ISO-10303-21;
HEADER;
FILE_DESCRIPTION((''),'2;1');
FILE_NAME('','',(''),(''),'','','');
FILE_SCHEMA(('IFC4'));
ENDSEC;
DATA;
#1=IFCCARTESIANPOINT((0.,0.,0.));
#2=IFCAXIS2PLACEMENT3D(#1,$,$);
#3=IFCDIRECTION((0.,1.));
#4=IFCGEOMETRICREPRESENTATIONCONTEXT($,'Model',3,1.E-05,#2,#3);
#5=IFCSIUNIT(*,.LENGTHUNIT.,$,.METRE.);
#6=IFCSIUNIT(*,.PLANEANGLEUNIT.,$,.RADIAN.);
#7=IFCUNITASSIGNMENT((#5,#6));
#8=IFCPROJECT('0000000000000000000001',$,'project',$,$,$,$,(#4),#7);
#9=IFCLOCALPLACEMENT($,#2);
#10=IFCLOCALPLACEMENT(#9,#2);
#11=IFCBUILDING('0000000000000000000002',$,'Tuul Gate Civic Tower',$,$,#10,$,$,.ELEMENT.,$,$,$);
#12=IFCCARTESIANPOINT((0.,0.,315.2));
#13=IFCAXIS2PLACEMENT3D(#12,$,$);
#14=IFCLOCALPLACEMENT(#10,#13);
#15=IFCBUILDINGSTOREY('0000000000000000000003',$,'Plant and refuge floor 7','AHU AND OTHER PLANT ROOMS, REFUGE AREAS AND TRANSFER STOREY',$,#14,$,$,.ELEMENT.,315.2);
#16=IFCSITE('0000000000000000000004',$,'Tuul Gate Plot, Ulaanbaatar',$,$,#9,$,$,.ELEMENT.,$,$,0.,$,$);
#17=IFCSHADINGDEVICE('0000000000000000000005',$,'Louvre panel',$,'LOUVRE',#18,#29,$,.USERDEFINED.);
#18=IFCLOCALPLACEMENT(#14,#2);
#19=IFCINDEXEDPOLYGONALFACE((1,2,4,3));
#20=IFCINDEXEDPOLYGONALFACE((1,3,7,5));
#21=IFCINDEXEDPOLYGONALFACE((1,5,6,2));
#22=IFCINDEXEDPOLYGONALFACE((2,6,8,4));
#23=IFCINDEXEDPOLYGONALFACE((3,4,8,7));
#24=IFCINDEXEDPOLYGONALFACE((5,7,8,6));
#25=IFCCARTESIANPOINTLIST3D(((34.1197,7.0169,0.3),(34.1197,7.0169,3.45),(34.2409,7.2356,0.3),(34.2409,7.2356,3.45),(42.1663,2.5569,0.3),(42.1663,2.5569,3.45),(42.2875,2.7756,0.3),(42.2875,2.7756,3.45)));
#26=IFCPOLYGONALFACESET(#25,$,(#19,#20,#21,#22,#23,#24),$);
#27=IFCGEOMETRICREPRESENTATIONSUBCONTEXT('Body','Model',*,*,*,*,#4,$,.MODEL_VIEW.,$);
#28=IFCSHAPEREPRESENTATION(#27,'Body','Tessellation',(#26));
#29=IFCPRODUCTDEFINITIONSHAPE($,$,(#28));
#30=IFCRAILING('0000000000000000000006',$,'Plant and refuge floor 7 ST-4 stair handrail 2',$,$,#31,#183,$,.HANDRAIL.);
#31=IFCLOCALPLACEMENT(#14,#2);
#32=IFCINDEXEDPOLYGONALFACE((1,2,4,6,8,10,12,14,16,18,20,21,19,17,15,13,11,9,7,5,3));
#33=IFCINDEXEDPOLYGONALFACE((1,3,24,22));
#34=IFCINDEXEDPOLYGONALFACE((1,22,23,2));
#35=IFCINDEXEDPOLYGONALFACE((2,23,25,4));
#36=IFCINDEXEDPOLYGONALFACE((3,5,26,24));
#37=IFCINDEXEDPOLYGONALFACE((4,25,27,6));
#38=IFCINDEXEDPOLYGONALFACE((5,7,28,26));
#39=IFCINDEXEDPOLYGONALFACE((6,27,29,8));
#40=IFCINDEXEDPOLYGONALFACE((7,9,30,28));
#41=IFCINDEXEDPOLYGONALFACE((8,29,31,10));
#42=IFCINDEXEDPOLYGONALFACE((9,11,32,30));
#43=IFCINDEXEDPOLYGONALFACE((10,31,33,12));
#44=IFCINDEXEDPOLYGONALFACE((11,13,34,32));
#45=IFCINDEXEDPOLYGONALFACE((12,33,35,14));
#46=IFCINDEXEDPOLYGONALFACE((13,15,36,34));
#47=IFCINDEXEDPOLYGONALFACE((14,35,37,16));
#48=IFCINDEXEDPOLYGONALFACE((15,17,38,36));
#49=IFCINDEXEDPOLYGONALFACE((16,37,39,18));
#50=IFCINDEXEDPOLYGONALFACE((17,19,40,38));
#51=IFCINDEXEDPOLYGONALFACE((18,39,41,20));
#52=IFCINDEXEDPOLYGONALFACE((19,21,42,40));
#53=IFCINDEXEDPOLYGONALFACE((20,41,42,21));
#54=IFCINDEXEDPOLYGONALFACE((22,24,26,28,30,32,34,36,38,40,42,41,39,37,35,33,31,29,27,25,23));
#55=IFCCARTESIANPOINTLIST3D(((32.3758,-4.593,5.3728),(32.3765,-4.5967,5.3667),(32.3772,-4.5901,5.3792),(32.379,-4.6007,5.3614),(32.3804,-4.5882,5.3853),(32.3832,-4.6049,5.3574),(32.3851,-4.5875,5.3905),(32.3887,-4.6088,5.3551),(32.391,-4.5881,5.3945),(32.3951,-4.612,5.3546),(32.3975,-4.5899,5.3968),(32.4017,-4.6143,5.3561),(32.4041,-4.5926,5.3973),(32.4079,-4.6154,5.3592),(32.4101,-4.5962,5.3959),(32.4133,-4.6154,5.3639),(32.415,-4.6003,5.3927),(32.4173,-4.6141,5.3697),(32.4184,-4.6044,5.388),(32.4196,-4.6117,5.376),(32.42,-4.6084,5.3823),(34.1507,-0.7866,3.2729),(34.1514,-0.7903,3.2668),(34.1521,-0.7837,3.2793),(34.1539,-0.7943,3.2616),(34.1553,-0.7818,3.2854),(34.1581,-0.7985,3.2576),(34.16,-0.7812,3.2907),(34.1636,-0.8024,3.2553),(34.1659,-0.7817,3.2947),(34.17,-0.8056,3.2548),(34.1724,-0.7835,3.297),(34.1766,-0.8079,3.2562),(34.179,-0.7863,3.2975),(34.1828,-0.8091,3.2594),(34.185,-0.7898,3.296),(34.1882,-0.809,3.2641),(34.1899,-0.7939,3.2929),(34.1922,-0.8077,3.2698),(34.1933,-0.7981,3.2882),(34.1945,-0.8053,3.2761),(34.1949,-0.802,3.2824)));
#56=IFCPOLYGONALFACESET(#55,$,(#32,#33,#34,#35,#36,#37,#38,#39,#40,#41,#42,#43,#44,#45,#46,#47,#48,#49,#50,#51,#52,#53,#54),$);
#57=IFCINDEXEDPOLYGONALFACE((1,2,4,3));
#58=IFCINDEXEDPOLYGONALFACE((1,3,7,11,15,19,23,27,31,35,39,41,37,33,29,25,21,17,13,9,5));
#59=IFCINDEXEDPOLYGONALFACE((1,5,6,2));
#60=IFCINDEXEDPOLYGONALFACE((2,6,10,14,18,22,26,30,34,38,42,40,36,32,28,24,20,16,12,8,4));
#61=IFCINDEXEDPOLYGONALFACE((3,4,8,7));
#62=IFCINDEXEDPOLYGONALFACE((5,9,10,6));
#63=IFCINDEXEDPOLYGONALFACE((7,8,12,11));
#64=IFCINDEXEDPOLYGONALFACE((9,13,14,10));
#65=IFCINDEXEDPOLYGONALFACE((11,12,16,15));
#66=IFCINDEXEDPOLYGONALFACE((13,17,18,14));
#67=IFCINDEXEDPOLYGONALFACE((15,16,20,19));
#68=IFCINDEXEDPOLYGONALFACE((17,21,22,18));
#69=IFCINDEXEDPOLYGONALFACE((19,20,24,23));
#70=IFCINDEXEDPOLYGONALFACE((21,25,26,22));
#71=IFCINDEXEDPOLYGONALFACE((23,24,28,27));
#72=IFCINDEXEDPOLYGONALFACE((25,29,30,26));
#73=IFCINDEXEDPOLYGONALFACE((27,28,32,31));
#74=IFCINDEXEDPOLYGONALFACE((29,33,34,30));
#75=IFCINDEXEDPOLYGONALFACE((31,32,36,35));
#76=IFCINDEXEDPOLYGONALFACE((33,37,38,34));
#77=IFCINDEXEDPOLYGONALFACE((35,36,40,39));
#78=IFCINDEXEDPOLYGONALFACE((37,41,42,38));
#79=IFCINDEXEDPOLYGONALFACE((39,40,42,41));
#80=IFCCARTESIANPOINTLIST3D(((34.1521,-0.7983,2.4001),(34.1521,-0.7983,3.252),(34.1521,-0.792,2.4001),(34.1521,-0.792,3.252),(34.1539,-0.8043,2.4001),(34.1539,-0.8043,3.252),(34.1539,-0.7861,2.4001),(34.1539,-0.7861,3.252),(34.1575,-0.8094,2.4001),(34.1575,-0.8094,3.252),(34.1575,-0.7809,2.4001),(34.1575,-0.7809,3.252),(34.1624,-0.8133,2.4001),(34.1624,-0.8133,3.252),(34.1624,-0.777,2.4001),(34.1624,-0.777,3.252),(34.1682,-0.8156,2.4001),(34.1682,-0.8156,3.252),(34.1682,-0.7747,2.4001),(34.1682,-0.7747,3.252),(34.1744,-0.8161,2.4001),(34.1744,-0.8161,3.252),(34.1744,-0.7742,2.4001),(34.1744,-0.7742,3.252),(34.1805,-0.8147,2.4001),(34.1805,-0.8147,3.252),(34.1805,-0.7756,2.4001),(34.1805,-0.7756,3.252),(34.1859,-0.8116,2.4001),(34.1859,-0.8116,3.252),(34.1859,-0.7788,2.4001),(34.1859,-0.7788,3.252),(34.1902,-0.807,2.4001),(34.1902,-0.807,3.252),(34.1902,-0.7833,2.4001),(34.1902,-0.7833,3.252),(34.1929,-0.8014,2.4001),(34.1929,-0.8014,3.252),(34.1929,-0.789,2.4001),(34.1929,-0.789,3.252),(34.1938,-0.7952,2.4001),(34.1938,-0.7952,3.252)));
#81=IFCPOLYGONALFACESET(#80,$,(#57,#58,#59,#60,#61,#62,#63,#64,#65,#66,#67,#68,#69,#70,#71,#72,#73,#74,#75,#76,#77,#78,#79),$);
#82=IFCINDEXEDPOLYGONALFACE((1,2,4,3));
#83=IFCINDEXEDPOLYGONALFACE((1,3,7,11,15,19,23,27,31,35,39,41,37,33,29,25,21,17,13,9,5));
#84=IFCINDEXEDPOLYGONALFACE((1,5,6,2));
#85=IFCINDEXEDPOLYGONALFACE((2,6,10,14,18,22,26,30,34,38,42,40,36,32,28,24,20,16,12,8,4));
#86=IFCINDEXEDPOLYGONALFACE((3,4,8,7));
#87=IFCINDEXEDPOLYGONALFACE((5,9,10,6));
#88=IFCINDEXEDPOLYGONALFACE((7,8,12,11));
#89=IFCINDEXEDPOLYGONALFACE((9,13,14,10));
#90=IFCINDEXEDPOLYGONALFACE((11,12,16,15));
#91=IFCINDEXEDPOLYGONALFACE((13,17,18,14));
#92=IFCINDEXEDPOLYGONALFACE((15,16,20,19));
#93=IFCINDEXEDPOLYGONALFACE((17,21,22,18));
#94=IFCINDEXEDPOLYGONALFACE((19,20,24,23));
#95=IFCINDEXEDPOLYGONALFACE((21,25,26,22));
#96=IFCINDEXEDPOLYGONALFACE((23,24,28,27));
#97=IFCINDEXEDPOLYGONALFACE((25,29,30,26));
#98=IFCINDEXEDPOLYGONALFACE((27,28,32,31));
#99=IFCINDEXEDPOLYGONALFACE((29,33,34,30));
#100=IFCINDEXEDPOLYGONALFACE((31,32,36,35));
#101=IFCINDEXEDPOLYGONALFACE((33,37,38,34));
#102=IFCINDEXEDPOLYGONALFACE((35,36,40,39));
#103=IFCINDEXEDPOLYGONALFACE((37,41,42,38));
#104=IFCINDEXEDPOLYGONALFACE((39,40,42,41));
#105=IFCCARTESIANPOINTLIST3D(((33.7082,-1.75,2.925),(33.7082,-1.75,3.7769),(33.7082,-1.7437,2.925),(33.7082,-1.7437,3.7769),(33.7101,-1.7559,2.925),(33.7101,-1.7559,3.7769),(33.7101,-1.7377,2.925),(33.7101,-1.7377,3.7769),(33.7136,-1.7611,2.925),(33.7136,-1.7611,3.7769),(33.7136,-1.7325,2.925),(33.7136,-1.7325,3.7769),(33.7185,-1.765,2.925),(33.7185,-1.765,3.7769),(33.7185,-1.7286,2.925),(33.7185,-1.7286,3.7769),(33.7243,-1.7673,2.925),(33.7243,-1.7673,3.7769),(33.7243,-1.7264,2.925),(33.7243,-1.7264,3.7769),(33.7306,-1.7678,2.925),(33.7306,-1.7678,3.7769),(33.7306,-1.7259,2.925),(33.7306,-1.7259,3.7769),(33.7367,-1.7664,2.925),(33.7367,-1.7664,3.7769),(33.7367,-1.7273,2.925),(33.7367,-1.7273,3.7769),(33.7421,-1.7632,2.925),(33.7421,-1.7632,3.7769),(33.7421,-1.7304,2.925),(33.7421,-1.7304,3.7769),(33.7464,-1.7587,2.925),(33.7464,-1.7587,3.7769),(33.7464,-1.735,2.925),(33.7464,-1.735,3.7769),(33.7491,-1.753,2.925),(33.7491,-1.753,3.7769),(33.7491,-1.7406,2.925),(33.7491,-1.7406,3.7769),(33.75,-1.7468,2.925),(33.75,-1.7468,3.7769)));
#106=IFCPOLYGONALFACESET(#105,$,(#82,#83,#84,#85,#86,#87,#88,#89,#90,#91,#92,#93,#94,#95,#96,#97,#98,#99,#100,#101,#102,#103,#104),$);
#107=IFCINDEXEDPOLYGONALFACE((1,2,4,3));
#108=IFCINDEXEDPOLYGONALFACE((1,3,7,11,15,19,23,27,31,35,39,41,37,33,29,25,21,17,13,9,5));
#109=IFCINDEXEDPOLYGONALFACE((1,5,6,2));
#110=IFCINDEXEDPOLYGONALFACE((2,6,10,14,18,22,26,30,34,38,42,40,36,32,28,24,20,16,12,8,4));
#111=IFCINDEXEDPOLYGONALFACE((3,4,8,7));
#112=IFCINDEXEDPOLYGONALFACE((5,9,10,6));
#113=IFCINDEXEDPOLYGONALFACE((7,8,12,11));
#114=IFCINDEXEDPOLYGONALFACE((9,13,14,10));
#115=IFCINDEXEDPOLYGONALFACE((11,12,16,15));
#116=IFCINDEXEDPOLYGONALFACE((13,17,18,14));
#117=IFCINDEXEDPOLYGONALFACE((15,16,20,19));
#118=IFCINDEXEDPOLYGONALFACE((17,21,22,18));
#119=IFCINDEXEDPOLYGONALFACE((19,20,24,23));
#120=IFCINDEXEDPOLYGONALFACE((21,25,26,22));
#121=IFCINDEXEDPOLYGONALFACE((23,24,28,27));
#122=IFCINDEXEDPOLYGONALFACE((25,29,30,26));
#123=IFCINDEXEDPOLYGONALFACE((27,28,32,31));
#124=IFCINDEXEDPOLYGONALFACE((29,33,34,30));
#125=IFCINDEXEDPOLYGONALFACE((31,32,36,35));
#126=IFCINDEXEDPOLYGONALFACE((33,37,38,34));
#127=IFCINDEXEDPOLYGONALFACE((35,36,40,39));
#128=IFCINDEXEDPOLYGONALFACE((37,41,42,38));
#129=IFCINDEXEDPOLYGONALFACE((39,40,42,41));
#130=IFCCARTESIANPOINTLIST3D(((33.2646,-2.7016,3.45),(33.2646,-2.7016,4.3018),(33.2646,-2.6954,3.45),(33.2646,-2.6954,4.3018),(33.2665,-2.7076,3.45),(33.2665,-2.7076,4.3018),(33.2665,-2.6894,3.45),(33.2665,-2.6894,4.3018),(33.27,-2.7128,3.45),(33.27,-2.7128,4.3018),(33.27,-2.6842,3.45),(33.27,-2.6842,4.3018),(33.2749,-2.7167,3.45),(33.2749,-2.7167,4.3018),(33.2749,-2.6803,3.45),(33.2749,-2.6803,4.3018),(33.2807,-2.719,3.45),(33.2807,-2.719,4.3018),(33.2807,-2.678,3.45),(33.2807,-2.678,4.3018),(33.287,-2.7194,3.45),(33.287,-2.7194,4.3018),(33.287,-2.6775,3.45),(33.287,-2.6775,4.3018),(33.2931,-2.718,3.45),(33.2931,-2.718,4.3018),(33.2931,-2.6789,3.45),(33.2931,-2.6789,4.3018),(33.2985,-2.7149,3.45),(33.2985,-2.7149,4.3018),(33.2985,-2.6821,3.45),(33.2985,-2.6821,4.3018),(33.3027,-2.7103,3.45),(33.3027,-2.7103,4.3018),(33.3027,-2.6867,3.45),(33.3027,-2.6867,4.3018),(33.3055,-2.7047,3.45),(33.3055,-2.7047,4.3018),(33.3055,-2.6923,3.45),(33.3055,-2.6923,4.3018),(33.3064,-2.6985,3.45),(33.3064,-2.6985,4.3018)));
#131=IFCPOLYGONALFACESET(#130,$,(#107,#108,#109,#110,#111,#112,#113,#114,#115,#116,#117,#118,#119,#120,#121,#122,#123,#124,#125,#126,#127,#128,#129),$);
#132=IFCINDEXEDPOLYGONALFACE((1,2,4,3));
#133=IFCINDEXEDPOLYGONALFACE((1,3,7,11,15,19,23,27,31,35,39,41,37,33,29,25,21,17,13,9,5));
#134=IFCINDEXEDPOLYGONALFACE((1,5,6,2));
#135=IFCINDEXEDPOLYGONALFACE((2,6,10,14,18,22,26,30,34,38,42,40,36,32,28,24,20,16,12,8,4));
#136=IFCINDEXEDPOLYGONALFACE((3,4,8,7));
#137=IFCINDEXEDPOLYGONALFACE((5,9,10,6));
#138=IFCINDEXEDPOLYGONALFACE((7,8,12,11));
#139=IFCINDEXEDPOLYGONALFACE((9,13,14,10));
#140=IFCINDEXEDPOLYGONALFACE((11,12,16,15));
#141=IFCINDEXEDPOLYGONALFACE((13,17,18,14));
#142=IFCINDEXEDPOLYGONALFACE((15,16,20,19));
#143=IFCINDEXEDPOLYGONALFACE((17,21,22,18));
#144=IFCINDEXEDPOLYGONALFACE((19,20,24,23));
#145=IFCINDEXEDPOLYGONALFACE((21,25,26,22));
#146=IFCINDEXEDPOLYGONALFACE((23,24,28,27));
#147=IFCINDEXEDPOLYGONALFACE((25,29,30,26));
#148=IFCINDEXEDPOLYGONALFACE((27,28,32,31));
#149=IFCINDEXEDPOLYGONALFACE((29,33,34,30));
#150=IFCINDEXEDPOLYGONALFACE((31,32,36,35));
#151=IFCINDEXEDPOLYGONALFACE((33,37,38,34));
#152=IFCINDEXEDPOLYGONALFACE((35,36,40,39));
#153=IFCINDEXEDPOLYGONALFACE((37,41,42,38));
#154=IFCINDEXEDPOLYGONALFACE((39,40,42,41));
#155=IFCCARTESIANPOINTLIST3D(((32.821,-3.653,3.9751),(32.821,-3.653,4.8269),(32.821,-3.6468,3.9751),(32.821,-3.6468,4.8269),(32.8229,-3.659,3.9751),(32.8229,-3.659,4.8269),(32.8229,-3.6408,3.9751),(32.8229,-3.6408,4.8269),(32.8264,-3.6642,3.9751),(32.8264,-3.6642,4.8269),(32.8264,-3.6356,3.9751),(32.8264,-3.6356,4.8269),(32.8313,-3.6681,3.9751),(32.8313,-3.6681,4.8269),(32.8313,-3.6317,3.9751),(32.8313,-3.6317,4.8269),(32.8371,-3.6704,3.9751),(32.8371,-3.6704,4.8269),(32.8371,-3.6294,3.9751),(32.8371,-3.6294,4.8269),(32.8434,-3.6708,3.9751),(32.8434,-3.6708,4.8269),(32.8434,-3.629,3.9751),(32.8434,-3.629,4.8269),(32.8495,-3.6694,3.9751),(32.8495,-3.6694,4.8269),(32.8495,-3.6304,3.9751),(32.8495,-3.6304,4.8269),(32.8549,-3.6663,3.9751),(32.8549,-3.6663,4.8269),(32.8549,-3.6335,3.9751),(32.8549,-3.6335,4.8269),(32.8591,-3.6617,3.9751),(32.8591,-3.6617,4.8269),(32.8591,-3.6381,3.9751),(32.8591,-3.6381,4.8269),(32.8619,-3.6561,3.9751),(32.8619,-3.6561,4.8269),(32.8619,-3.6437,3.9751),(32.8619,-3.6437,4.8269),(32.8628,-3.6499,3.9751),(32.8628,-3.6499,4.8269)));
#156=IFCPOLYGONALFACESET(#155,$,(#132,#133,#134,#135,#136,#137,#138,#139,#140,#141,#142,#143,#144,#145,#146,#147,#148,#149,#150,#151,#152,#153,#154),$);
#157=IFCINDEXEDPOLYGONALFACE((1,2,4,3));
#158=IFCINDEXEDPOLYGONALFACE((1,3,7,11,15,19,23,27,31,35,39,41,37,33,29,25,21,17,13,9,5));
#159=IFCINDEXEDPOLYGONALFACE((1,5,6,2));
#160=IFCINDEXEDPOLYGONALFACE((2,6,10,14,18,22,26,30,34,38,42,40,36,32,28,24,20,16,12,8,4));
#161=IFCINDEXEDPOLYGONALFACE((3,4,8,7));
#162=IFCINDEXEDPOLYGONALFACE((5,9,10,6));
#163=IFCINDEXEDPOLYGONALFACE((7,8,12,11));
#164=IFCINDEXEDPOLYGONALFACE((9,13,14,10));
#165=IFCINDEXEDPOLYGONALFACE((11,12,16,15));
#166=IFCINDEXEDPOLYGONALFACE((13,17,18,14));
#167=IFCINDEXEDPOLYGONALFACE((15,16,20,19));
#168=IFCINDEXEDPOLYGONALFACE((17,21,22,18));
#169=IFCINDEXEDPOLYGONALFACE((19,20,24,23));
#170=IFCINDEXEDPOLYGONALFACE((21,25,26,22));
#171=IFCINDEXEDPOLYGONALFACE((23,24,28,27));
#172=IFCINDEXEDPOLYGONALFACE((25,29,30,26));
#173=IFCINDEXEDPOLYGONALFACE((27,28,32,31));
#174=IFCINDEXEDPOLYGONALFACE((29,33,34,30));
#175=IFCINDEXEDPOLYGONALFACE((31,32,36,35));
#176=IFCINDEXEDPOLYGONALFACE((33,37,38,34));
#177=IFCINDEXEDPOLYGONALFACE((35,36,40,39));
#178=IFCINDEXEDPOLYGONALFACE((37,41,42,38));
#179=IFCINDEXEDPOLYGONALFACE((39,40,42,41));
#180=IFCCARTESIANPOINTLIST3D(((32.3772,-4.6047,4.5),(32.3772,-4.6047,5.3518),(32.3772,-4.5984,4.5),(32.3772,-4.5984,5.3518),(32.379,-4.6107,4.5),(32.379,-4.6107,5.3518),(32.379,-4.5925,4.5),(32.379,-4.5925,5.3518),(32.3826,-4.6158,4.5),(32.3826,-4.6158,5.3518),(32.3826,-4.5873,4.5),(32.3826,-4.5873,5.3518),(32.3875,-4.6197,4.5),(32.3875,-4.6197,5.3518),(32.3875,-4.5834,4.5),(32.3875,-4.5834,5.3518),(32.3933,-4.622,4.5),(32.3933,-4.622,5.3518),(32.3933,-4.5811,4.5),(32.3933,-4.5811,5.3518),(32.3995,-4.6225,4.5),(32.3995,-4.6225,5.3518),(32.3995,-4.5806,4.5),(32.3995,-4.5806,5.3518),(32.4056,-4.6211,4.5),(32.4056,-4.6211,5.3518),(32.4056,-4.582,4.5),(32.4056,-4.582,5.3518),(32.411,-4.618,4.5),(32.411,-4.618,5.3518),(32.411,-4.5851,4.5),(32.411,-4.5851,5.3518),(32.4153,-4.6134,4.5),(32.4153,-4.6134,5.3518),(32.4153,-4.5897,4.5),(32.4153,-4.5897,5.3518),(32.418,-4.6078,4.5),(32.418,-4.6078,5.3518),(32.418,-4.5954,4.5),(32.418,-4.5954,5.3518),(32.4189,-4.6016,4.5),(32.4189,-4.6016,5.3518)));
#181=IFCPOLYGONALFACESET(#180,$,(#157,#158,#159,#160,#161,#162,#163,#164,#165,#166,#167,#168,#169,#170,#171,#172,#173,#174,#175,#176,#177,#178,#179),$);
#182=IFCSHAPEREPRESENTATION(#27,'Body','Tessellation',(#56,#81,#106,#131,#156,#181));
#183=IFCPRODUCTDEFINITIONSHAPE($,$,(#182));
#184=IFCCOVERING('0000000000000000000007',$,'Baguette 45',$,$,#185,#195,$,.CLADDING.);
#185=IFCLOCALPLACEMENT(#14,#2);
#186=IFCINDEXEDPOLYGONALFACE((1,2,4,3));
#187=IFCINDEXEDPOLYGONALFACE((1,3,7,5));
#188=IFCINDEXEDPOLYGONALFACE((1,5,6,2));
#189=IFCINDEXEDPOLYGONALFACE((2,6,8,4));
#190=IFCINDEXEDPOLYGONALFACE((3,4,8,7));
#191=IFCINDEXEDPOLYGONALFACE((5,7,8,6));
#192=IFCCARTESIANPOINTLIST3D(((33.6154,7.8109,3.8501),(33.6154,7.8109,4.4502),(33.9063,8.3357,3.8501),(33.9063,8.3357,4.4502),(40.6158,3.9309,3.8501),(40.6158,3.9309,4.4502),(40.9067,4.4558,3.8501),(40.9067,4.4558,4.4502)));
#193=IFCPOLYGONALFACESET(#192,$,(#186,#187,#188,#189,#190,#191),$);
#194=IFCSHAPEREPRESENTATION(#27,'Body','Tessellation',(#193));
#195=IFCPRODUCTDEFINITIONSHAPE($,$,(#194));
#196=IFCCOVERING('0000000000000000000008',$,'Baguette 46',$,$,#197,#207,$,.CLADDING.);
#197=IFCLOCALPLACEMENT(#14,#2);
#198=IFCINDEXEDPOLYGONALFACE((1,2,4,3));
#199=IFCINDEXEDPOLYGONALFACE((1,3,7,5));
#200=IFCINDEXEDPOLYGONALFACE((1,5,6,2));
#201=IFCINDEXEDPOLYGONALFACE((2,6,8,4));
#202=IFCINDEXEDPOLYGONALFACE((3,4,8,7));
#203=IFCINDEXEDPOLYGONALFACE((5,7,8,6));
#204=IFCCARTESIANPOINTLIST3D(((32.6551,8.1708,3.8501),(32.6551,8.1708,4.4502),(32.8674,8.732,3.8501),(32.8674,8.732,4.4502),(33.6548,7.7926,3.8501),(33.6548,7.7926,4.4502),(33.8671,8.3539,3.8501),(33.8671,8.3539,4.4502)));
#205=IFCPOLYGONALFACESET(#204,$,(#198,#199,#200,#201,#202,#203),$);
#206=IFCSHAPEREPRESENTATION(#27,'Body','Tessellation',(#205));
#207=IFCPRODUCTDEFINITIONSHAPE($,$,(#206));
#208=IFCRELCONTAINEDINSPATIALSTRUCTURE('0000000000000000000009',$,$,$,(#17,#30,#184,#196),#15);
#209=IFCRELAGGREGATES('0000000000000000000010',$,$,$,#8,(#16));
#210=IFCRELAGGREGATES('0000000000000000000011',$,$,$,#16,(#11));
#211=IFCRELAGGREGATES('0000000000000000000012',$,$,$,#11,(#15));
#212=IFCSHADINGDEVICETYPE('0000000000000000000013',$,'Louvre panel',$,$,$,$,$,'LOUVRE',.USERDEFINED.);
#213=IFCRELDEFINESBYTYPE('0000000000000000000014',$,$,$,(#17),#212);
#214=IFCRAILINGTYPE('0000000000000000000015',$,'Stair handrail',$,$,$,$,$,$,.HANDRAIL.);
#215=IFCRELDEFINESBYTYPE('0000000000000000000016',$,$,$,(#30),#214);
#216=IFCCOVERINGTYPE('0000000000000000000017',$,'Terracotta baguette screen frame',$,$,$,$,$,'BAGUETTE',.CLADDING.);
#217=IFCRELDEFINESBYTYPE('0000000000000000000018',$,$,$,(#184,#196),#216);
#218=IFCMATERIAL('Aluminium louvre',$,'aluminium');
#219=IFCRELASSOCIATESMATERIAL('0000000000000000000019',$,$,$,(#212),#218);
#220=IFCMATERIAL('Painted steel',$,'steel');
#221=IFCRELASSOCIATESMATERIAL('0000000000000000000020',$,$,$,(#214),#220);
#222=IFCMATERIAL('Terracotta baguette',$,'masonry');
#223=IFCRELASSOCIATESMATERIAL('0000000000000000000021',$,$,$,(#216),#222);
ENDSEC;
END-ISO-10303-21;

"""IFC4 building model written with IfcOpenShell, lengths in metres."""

from ifc_helpers import new_model, si_unit, direction, frame, origin, origin_2d, place, context, subcontext, project, spatial, rectangle, circle, extrude, material, material_profile, profile_set, type_object, element, save


model = new_model("IFC4")

# Units and contexts
model_context = context("Model", 3, precision=1e-05, world=origin(), true_north=direction((0.0, 1.0)))
body_context = subcontext(model_context, "Body", "Model", "MODEL_VIEW")
ifc_project = project(units=[si_unit("LENGTHUNIT", "METRE"), si_unit("PLANEANGLEUNIT", "RADIAN")], contexts=[model_context])

# Site, building, storey
site_placement = place(None, origin())
site = spatial("IfcSite", under=ifc_project, at=site_placement, Name="Tuul Gate Plot, Ulaanbaatar", CompositionType="ELEMENT", RefElevation=0.0)
building_placement = place(site_placement, origin())
building = spatial("IfcBuilding", under=site, at=building_placement, Name="Tuul Gate Civic Tower", CompositionType="ELEMENT")
storey_placement = place(building_placement, frame((0.0, 0.0, 315.2)))
storey = spatial("IfcBuildingStorey", under=building, at=storey_placement, Name="Plant and refuge floor 7", Description="AHU AND OTHER PLANT ROOMS, REFUGE AREAS AND TRANSFER STOREY", CompositionType="ELEMENT", Elevation=315.2)

# Shading device
ifc_material_1 = material(Name="Aluminium louvre", Category="aluminium")
shading_device_type = type_object("IfcShadingDeviceType", Name="Louvre panel", ElementType="LOUVRE", PredefinedType="USERDEFINED", material=ifc_material_1)
shading_device_placement = place(storey_placement, frame((38.2036, 4.8962, 0.3), z_axis=(0.0, 0.0, 1.0), x_axis=(0.484789, 0.874631, 0.0)))
element("IfcShadingDevice", 1, at=shading_device_placement, inside=storey, type_object=shading_device_type, Name="Louvre panel", ObjectType="LOUVRE", PredefinedType="USERDEFINED", context=body_context, shape_type="SweptSolid", body=[
    extrude(rectangle(XDim=0.25, YDim=9.2, at=origin_2d()), origin(), (0.0, 0.0, 1.0), 3.1499),
])

# Railing
ifc_material_2 = material(Name="Painted steel", Category="steel")
railing_type = type_object("IfcRailingType", Name="Stair handrail", PredefinedType="HANDRAIL", material=ifc_material_2)
railing_placement = place(storey_placement, frame((34.1729, -0.7952, 2.4001)))
element("IfcRailing", 2, at=railing_placement, inside=storey, type_object=railing_type, Name="Plant and refuge floor 7 ST-4 stair handrail 2", PredefinedType="HANDRAIL", context=body_context, shape_type="SweptSolid", body=[
    extrude(circle(Radius=0.0239, at=origin_2d()), frame((0.0, 0.0, 0.876), z_axis=(-0.377996, -0.810637, 0.447199), x_axis=(0.906312, -0.422609, 0.0)), (0.0, 0.0, 1.0), 4.6956),
    extrude(circle(Radius=0.021, at=origin_2d()), origin(), (0.0, 0.0, 1.0), 0.8518),
    extrude(circle(Radius=0.021, at=origin_2d()), frame((-0.4438, -0.9517, 0.5249)), (0.0, 0.0, 1.0), 0.8518),
    extrude(circle(Radius=0.021, at=origin_2d()), frame((-0.8875, -1.9033, 1.0498)), (0.0, 0.0, 1.0), 0.8518),
    extrude(circle(Radius=0.021, at=origin_2d()), frame((-1.3311, -2.8547, 1.575)), (0.0, 0.0, 1.0), 0.8518),
    extrude(circle(Radius=0.021, at=origin_2d()), frame((-1.7749, -3.8064, 2.0999)), (0.0, 0.0, 1.0), 0.8518),
])

# Coverings
ifc_material_3 = material(Name="Terracotta baguette", Category="masonry")
ifc_material_profile_1 = material_profile(ifc_material_3, rectangle(XDim=0.6001, YDim=0.6001, at=origin_2d()), Name="Terracotta baguette screen frame")
ifc_profile_set_1 = profile_set([ifc_material_profile_1], Name="Terracotta baguette")
covering_type = type_object("IfcCoveringType", Name="Terracotta baguette screen frame", ElementType="BAGUETTE", PredefinedType="CLADDING", material=ifc_profile_set_1)
covering_1_placement = place(storey_placement, frame((40.7612, 4.1934, 4.1501), z_axis=(-0.874642, 0.48477, 0.0), x_axis=(-0.48477, -0.874642, 0.0)))
element("IfcCovering", 3, at=covering_1_placement, inside=storey, type_object=covering_type, Name="Baguette 45", PredefinedType="CLADDING", context=body_context, shape_type="SweptSolid", body=[
    extrude(rectangle(XDim=0.6001, YDim=0.6001, at=origin_2d()), origin(), (0.0, 0.0, 1.0), 8.0037),
])
covering_2_placement = place(storey_placement, frame((33.761, 8.0732, 4.1501), z_axis=(-0.935321, 0.3538, 0.0), x_axis=(-0.3538, -0.935321, 0.0)))
element("IfcCovering", 4, at=covering_2_placement, inside=storey, type_object=covering_type, Name="Baguette 46", PredefinedType="CLADDING", context=body_context, shape_type="SweptSolid", body=[
    extrude(rectangle(XDim=0.6001, YDim=0.6001, at=origin_2d()), origin(), (0.0, 0.0, 1.0), 1.0688),
])

save(model, "model.ifc")
